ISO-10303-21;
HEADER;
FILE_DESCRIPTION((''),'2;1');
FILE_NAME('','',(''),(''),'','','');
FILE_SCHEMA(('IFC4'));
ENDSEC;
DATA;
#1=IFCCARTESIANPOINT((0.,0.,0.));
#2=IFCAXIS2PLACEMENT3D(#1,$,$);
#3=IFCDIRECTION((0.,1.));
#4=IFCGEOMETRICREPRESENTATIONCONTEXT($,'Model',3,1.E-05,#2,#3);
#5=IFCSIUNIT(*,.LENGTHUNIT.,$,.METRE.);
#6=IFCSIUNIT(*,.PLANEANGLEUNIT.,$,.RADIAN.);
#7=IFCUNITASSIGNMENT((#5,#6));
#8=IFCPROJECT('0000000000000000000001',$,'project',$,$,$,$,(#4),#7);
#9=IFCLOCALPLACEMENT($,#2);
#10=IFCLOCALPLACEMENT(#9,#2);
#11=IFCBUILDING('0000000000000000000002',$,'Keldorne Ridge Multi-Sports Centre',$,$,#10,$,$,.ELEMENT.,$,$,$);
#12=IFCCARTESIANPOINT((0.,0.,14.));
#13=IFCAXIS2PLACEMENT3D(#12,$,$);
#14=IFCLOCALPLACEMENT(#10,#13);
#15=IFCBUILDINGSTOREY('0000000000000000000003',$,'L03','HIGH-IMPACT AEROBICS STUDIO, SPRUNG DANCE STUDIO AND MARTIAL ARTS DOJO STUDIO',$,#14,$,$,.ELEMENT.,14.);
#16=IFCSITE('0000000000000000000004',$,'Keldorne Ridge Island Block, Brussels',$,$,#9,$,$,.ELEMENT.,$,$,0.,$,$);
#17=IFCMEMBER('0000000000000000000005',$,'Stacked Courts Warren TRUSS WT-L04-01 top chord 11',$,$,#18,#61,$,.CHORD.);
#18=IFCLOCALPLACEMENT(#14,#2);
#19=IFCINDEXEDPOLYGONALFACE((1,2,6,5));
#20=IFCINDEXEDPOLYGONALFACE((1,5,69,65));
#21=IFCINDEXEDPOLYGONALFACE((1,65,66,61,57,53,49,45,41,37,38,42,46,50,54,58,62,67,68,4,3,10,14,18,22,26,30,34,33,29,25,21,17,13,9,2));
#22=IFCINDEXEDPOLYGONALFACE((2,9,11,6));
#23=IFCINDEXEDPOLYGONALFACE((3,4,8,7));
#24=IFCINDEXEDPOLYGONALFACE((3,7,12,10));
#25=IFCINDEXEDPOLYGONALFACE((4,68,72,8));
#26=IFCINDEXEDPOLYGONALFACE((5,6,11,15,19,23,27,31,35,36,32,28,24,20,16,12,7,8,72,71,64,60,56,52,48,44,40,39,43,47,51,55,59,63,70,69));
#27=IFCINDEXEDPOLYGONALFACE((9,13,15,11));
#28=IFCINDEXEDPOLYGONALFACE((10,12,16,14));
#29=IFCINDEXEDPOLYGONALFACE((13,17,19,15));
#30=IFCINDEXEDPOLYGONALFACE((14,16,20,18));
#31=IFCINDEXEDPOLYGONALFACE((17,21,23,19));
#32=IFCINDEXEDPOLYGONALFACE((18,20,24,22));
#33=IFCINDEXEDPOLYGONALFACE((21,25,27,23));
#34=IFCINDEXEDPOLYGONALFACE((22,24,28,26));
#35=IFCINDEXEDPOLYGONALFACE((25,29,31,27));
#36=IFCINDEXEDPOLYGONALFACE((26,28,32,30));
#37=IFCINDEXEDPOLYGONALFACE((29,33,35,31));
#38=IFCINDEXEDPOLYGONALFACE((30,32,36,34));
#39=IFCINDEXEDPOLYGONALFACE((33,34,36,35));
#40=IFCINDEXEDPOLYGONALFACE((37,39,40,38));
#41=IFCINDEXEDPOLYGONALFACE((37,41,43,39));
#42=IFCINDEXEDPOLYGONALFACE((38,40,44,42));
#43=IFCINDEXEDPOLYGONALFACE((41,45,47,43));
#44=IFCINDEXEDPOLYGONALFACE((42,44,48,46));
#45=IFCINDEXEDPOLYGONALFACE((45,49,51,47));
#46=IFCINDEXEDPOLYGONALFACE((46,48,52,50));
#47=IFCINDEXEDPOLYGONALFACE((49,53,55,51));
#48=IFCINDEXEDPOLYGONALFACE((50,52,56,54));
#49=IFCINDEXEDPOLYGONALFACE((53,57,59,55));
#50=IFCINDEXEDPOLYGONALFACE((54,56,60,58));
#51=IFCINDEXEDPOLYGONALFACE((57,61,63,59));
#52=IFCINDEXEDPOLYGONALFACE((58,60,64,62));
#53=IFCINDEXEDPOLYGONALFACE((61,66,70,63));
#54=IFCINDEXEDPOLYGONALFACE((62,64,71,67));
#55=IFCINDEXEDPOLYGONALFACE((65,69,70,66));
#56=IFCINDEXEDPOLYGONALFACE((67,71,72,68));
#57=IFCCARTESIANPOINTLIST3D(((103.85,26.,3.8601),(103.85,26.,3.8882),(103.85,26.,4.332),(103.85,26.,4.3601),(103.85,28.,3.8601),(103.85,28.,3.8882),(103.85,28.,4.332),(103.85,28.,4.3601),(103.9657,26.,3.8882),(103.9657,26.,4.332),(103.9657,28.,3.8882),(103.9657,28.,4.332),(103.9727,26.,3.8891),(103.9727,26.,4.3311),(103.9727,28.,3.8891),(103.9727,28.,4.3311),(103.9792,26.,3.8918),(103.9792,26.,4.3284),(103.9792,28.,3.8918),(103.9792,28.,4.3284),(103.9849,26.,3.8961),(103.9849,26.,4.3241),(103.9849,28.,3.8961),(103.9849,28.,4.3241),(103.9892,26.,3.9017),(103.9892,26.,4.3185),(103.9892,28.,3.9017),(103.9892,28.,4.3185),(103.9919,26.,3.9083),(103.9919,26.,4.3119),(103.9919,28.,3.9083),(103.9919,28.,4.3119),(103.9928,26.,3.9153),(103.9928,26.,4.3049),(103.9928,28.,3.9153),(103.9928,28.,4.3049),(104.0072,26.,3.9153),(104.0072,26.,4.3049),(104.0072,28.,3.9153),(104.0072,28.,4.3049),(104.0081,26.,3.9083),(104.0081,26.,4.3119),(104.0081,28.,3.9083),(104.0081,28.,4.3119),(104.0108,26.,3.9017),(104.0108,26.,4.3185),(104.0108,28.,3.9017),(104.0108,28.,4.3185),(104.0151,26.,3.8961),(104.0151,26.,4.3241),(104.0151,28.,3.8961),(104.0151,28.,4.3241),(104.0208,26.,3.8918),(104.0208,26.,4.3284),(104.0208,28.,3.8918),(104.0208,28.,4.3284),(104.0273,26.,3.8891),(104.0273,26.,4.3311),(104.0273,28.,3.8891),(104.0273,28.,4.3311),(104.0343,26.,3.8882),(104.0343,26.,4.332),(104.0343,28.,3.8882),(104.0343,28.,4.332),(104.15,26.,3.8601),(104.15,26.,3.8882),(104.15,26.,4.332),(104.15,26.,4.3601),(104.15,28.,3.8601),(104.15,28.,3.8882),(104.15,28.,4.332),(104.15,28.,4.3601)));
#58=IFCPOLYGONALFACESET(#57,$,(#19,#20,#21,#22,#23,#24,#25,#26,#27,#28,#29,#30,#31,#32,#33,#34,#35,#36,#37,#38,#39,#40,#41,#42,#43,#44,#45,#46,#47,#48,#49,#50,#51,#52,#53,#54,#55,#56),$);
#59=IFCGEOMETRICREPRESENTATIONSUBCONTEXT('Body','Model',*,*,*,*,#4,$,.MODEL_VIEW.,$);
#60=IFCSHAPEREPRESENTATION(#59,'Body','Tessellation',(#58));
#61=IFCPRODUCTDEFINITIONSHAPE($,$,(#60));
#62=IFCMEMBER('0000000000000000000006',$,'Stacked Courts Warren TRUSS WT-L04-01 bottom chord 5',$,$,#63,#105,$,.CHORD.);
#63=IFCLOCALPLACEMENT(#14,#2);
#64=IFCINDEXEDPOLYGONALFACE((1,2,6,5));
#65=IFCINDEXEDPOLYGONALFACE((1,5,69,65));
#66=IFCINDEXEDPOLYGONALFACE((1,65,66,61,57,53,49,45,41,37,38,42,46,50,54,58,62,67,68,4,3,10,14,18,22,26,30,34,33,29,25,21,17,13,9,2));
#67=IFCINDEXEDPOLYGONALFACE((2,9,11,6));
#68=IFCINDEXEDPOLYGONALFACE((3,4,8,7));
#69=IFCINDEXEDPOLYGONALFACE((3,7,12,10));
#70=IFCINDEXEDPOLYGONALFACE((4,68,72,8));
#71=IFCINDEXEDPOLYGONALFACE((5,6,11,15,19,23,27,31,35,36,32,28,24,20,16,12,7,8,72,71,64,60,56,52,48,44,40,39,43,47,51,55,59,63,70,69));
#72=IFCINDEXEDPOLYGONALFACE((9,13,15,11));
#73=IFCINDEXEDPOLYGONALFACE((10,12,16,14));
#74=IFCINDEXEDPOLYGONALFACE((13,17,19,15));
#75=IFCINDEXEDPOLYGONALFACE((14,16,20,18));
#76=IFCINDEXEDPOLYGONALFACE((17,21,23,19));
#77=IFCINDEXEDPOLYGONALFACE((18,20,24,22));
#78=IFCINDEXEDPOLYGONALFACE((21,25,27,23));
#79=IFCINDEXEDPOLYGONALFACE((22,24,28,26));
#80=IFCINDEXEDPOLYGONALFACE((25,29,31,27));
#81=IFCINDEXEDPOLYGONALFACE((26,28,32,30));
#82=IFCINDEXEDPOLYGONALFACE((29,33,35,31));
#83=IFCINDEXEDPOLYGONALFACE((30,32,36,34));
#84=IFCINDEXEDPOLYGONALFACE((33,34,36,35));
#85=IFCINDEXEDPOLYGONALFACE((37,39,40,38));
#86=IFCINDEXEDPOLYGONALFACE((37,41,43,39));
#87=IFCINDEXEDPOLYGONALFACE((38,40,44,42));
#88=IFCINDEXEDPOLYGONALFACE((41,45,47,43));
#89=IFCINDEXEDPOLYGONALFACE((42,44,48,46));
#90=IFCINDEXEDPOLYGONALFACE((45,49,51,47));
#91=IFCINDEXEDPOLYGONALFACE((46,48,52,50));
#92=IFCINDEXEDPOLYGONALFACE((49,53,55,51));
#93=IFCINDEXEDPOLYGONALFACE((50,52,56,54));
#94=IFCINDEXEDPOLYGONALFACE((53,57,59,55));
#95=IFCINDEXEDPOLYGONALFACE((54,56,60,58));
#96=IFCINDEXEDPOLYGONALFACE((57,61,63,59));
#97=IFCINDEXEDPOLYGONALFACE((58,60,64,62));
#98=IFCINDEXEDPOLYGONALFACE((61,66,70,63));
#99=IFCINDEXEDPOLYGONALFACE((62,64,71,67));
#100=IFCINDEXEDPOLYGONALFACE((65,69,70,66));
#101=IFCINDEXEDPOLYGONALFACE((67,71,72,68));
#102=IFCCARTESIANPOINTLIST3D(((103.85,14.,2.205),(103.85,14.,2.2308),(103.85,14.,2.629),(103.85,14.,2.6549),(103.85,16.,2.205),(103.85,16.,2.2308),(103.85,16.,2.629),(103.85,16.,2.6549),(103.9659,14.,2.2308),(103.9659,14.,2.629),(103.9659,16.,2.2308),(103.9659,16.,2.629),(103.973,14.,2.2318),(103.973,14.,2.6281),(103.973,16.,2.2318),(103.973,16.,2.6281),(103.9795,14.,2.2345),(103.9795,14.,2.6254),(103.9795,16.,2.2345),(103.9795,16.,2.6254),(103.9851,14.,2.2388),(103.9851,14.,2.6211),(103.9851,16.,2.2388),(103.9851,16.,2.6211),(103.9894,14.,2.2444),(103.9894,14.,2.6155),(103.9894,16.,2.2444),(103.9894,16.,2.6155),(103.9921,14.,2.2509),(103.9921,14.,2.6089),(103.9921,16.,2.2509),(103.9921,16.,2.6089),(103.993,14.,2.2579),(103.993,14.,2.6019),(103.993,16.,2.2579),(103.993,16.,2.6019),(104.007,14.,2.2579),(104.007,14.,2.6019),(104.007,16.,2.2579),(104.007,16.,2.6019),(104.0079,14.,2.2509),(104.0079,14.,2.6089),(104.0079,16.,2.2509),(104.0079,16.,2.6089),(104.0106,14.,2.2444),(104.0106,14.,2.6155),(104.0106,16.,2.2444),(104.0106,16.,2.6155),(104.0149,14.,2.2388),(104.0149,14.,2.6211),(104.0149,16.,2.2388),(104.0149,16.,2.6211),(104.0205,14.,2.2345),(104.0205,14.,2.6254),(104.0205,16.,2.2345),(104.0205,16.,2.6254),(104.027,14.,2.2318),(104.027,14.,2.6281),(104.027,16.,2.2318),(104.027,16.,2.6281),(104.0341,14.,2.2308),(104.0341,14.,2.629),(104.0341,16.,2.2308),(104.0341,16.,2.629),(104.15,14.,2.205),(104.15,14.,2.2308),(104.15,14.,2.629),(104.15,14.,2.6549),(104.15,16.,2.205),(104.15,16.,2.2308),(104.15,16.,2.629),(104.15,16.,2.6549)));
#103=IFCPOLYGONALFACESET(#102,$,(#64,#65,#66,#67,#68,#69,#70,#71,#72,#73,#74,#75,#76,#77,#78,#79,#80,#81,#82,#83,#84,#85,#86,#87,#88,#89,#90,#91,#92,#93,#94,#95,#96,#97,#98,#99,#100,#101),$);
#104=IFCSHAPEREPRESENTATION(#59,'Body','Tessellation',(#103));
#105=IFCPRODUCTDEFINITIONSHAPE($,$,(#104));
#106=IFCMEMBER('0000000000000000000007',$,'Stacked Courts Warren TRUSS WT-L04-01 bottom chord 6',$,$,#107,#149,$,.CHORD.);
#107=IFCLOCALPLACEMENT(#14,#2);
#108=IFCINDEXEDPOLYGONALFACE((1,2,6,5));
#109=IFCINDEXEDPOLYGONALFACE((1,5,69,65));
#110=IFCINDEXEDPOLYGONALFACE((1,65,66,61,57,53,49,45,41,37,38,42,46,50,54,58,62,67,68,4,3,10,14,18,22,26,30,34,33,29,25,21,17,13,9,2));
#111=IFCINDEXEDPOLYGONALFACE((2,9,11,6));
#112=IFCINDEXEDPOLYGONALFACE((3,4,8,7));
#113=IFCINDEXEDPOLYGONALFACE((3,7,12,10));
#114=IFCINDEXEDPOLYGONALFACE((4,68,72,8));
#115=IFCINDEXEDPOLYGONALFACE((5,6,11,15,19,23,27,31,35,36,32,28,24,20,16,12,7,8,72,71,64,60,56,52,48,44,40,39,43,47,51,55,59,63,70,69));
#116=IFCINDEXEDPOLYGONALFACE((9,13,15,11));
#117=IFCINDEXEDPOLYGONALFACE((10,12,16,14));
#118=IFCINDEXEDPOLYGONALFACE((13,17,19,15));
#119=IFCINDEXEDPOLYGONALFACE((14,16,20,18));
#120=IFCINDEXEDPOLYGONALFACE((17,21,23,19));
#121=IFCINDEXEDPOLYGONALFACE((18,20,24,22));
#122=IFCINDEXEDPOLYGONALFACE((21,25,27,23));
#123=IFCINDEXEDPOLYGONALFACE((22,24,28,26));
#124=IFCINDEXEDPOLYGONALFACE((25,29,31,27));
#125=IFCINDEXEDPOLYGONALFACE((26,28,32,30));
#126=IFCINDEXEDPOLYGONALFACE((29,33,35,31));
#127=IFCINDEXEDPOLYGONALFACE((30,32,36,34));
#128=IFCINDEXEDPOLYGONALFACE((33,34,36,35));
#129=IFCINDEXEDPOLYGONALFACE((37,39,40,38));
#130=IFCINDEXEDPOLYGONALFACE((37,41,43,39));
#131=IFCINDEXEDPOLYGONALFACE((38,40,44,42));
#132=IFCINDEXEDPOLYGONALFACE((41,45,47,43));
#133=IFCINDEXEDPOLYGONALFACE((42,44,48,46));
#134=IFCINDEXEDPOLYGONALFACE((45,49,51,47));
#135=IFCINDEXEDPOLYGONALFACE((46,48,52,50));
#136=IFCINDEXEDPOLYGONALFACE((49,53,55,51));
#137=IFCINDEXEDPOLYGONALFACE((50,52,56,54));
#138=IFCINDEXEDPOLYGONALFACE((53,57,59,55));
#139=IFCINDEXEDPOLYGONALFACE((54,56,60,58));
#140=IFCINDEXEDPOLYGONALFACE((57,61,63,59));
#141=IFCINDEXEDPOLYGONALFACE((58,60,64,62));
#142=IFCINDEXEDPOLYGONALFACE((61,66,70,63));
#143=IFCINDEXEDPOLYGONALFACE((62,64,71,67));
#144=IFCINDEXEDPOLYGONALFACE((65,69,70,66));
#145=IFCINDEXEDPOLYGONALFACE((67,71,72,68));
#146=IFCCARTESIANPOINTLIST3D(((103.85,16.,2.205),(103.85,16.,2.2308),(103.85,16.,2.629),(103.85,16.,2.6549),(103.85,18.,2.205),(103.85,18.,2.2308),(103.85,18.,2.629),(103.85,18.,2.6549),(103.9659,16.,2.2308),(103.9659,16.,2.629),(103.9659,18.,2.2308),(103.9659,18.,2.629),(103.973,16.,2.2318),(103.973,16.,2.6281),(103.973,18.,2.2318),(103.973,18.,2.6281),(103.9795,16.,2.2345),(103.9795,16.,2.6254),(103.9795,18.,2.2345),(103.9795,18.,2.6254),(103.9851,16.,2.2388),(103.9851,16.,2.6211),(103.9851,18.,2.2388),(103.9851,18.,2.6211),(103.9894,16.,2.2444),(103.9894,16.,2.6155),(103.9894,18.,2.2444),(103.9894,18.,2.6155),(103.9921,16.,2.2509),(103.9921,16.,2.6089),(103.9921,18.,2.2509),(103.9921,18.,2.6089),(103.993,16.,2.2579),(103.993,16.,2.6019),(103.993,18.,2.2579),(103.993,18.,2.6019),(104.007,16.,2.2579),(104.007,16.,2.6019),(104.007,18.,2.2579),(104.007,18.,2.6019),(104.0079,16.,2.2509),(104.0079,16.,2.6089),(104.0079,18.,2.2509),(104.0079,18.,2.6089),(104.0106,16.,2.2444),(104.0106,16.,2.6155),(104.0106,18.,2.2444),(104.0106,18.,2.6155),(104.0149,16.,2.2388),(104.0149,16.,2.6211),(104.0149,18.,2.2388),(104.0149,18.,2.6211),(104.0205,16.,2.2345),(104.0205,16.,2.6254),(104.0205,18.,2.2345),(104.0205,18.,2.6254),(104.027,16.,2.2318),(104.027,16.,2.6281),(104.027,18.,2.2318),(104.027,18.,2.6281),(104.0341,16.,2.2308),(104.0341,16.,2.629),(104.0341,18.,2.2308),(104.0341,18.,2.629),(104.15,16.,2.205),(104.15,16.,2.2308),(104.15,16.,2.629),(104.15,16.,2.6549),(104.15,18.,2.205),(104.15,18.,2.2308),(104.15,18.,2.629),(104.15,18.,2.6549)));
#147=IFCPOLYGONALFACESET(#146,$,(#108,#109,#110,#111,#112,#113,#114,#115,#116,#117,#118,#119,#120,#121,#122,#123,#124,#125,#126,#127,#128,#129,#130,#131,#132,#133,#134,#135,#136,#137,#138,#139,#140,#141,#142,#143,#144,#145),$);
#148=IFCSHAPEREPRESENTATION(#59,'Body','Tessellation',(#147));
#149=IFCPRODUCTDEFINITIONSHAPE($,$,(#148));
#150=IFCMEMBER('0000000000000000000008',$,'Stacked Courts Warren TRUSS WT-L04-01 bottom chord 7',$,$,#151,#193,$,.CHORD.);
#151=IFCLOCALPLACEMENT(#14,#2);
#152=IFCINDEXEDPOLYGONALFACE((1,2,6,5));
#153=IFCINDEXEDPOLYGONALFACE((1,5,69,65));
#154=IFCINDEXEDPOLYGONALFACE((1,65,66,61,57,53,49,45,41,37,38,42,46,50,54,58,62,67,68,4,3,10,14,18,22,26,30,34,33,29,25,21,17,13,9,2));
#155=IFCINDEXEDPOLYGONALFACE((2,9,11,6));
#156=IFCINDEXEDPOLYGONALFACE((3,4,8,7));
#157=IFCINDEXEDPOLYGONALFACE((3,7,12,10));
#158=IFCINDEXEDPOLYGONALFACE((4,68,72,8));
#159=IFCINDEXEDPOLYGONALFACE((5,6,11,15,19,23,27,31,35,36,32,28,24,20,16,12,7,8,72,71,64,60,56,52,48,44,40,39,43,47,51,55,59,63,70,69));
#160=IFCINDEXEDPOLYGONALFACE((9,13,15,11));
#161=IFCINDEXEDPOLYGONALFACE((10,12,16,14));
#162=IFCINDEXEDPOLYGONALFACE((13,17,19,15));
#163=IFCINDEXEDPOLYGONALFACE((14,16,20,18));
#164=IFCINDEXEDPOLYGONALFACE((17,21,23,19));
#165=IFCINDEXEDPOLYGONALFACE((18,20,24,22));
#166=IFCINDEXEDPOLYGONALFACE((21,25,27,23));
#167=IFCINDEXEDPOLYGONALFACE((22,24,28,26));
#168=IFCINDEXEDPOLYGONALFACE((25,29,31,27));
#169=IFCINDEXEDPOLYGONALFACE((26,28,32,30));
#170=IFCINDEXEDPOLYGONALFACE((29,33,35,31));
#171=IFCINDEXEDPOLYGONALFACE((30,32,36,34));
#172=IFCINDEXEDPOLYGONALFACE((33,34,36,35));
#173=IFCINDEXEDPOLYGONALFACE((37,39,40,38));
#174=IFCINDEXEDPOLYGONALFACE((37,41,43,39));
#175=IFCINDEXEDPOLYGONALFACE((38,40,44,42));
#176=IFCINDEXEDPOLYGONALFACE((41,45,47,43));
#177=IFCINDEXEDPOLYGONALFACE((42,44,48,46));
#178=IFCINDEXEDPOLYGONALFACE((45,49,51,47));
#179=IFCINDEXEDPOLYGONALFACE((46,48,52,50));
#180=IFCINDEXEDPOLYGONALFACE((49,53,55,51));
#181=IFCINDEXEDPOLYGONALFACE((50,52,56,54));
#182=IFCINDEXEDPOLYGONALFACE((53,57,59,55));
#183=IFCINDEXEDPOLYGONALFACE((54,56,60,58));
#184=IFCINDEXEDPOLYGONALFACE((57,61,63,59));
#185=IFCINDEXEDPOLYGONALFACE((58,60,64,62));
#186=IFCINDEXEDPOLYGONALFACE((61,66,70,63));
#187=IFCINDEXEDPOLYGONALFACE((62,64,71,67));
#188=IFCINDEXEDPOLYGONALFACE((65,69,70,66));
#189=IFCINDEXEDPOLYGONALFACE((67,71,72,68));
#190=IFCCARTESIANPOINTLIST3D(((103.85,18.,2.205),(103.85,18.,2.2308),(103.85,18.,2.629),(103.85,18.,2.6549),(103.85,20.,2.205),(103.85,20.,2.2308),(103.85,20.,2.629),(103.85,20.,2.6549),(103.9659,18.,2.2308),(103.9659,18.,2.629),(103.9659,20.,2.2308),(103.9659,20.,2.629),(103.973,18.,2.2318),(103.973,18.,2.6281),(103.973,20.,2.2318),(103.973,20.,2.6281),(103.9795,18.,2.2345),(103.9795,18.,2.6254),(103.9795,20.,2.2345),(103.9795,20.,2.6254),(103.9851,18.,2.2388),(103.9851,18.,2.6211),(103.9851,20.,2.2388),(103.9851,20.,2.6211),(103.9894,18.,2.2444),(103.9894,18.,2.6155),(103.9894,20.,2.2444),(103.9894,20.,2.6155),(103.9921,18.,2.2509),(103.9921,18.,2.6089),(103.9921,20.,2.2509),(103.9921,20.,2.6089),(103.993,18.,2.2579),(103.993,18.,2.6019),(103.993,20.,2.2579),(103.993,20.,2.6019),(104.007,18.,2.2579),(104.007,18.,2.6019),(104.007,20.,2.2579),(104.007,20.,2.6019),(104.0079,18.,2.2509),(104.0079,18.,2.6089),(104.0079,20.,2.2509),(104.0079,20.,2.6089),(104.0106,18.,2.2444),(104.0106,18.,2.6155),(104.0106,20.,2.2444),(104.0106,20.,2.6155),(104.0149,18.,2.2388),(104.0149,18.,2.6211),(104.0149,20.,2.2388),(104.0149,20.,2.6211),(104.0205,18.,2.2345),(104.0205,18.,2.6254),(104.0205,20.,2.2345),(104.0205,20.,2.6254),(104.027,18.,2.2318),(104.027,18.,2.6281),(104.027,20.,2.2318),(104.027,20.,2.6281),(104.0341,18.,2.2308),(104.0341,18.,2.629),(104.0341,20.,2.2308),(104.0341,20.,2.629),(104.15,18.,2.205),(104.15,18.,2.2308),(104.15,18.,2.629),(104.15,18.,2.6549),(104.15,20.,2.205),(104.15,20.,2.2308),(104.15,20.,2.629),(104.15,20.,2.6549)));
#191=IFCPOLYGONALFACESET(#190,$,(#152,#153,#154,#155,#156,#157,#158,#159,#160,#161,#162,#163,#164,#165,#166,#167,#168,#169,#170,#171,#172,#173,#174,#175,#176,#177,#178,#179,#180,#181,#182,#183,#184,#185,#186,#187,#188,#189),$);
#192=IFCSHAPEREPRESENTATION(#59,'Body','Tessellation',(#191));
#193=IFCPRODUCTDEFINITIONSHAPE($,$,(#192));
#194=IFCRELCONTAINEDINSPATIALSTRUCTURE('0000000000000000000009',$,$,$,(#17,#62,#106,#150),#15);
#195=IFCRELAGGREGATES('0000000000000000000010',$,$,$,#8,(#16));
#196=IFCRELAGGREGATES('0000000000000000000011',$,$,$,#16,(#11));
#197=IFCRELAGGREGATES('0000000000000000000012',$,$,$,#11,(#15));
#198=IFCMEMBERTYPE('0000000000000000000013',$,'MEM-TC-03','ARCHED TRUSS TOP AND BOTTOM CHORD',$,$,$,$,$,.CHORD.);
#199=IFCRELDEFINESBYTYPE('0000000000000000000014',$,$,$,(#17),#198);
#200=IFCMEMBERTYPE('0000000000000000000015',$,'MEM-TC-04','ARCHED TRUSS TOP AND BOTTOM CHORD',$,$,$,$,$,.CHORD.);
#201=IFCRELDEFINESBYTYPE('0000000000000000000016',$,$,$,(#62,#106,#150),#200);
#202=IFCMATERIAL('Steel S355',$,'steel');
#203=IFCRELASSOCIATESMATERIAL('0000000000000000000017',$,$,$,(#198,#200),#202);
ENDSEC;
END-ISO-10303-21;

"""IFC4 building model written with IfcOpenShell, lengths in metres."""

from ifc_helpers import new_model, si_unit, direction, frame, origin, origin_2d, place, context, subcontext, project, spatial, i_section, extrude, material, material_profile, profile_set, type_object, element, save


model = new_model("IFC4")

# Units and contexts
model_context = context("Model", 3, precision=1e-05, world=origin(), true_north=direction((0.0, 1.0)))
body_context = subcontext(model_context, "Body", "Model", "MODEL_VIEW")
ifc_project = project(units=[si_unit("LENGTHUNIT", "METRE"), si_unit("PLANEANGLEUNIT", "RADIAN")], contexts=[model_context])

# Site, building, storey
site_placement = place(None, origin())
site = spatial("IfcSite", under=ifc_project, at=site_placement, Name="Keldorne Ridge Island Block, Brussels", CompositionType="ELEMENT", RefElevation=0.0)
building_placement = place(site_placement, origin())
building = spatial("IfcBuilding", under=site, at=building_placement, Name="Keldorne Ridge Multi-Sports Centre", CompositionType="ELEMENT")
storey_placement = place(building_placement, frame((0.0, 0.0, 14.0)))
storey = spatial("IfcBuildingStorey", under=building, at=storey_placement, Name="L03", Description="HIGH-IMPACT AEROBICS STUDIO, SPRUNG DANCE STUDIO AND MARTIAL ARTS DOJO STUDIO", CompositionType="ELEMENT", Elevation=14.0)

# Shared definitions
ifc_material = material(Name="Steel S355", Category="steel")

# Members
ifc_material_profile_1 = material_profile(ifc_material, i_section(OverallWidth=0.3, OverallDepth=0.5, WebThickness=0.0144, FlangeThickness=0.0281, FilletRadius=0.0271, at=origin_2d()), Name="HEB 500")
ifc_profile_set_1 = profile_set([ifc_material_profile_1], Name="Steel S355")
member_type_1 = type_object("IfcMemberType", Name="MEM-TC-03", Description="ARCHED TRUSS TOP AND BOTTOM CHORD", PredefinedType="CHORD", material=ifc_profile_set_1)
for number, where, z_axis, x_axis, name in (
    (1, (104.0, 26.0, 4.1101), (0.0, 1.0, 0.0), (-1.0, 0.0, 0.0), "Stacked Courts Warren TRUSS WT-L04-01 top chord 11"),
):
    element("IfcMember", number, at=place(storey_placement, frame(where, z_axis=z_axis, x_axis=x_axis)), inside=storey, type_object=member_type_1, Name=name, PredefinedType="CHORD", context=body_context, shape_type="SweptSolid", body=[
        extrude(i_section(OverallWidth=0.3, OverallDepth=0.5, WebThickness=0.0144, FlangeThickness=0.0281, FilletRadius=0.0271, at=origin_2d()), origin(), (0.0, 0.0, 1.0), 2.0),
    ])
ifc_material_profile_2 = material_profile(ifc_material, i_section(OverallWidth=0.3, OverallDepth=0.45, WebThickness=0.0139, FlangeThickness=0.0259, FilletRadius=0.0271, at=origin_2d()), Name="HEB 450")
ifc_profile_set_2 = profile_set([ifc_material_profile_2], Name="Steel S355")
member_type_2 = type_object("IfcMemberType", Name="MEM-TC-04", Description="ARCHED TRUSS TOP AND BOTTOM CHORD", PredefinedType="CHORD", material=ifc_profile_set_2)
for number, where, z_axis, x_axis, name in (
    (2, (104.0, 14.0, 2.4299), (0.0, 1.0, 0.0), (-1.0, 0.0, 0.0), "Stacked Courts Warren TRUSS WT-L04-01 bottom chord 5"),
    (3, (104.0, 16.0, 2.4299), (0.0, 1.0, 0.0), (-1.0, 0.0, 0.0), "Stacked Courts Warren TRUSS WT-L04-01 bottom chord 6"),
    (4, (104.0, 18.0, 2.4299), (0.0, 1.0, 0.0), (-1.0, 0.0, 0.0), "Stacked Courts Warren TRUSS WT-L04-01 bottom chord 7"),
):
    element("IfcMember", number, at=place(storey_placement, frame(where, z_axis=z_axis, x_axis=x_axis)), inside=storey, type_object=member_type_2, Name=name, PredefinedType="CHORD", context=body_context, shape_type="SweptSolid", body=[
        extrude(i_section(OverallWidth=0.3, OverallDepth=0.45, WebThickness=0.0139, FlangeThickness=0.0259, FilletRadius=0.0271, at=origin_2d()), origin(), (0.0, 0.0, 1.0), 2.0),
    ])

save(model, "model.ifc")
